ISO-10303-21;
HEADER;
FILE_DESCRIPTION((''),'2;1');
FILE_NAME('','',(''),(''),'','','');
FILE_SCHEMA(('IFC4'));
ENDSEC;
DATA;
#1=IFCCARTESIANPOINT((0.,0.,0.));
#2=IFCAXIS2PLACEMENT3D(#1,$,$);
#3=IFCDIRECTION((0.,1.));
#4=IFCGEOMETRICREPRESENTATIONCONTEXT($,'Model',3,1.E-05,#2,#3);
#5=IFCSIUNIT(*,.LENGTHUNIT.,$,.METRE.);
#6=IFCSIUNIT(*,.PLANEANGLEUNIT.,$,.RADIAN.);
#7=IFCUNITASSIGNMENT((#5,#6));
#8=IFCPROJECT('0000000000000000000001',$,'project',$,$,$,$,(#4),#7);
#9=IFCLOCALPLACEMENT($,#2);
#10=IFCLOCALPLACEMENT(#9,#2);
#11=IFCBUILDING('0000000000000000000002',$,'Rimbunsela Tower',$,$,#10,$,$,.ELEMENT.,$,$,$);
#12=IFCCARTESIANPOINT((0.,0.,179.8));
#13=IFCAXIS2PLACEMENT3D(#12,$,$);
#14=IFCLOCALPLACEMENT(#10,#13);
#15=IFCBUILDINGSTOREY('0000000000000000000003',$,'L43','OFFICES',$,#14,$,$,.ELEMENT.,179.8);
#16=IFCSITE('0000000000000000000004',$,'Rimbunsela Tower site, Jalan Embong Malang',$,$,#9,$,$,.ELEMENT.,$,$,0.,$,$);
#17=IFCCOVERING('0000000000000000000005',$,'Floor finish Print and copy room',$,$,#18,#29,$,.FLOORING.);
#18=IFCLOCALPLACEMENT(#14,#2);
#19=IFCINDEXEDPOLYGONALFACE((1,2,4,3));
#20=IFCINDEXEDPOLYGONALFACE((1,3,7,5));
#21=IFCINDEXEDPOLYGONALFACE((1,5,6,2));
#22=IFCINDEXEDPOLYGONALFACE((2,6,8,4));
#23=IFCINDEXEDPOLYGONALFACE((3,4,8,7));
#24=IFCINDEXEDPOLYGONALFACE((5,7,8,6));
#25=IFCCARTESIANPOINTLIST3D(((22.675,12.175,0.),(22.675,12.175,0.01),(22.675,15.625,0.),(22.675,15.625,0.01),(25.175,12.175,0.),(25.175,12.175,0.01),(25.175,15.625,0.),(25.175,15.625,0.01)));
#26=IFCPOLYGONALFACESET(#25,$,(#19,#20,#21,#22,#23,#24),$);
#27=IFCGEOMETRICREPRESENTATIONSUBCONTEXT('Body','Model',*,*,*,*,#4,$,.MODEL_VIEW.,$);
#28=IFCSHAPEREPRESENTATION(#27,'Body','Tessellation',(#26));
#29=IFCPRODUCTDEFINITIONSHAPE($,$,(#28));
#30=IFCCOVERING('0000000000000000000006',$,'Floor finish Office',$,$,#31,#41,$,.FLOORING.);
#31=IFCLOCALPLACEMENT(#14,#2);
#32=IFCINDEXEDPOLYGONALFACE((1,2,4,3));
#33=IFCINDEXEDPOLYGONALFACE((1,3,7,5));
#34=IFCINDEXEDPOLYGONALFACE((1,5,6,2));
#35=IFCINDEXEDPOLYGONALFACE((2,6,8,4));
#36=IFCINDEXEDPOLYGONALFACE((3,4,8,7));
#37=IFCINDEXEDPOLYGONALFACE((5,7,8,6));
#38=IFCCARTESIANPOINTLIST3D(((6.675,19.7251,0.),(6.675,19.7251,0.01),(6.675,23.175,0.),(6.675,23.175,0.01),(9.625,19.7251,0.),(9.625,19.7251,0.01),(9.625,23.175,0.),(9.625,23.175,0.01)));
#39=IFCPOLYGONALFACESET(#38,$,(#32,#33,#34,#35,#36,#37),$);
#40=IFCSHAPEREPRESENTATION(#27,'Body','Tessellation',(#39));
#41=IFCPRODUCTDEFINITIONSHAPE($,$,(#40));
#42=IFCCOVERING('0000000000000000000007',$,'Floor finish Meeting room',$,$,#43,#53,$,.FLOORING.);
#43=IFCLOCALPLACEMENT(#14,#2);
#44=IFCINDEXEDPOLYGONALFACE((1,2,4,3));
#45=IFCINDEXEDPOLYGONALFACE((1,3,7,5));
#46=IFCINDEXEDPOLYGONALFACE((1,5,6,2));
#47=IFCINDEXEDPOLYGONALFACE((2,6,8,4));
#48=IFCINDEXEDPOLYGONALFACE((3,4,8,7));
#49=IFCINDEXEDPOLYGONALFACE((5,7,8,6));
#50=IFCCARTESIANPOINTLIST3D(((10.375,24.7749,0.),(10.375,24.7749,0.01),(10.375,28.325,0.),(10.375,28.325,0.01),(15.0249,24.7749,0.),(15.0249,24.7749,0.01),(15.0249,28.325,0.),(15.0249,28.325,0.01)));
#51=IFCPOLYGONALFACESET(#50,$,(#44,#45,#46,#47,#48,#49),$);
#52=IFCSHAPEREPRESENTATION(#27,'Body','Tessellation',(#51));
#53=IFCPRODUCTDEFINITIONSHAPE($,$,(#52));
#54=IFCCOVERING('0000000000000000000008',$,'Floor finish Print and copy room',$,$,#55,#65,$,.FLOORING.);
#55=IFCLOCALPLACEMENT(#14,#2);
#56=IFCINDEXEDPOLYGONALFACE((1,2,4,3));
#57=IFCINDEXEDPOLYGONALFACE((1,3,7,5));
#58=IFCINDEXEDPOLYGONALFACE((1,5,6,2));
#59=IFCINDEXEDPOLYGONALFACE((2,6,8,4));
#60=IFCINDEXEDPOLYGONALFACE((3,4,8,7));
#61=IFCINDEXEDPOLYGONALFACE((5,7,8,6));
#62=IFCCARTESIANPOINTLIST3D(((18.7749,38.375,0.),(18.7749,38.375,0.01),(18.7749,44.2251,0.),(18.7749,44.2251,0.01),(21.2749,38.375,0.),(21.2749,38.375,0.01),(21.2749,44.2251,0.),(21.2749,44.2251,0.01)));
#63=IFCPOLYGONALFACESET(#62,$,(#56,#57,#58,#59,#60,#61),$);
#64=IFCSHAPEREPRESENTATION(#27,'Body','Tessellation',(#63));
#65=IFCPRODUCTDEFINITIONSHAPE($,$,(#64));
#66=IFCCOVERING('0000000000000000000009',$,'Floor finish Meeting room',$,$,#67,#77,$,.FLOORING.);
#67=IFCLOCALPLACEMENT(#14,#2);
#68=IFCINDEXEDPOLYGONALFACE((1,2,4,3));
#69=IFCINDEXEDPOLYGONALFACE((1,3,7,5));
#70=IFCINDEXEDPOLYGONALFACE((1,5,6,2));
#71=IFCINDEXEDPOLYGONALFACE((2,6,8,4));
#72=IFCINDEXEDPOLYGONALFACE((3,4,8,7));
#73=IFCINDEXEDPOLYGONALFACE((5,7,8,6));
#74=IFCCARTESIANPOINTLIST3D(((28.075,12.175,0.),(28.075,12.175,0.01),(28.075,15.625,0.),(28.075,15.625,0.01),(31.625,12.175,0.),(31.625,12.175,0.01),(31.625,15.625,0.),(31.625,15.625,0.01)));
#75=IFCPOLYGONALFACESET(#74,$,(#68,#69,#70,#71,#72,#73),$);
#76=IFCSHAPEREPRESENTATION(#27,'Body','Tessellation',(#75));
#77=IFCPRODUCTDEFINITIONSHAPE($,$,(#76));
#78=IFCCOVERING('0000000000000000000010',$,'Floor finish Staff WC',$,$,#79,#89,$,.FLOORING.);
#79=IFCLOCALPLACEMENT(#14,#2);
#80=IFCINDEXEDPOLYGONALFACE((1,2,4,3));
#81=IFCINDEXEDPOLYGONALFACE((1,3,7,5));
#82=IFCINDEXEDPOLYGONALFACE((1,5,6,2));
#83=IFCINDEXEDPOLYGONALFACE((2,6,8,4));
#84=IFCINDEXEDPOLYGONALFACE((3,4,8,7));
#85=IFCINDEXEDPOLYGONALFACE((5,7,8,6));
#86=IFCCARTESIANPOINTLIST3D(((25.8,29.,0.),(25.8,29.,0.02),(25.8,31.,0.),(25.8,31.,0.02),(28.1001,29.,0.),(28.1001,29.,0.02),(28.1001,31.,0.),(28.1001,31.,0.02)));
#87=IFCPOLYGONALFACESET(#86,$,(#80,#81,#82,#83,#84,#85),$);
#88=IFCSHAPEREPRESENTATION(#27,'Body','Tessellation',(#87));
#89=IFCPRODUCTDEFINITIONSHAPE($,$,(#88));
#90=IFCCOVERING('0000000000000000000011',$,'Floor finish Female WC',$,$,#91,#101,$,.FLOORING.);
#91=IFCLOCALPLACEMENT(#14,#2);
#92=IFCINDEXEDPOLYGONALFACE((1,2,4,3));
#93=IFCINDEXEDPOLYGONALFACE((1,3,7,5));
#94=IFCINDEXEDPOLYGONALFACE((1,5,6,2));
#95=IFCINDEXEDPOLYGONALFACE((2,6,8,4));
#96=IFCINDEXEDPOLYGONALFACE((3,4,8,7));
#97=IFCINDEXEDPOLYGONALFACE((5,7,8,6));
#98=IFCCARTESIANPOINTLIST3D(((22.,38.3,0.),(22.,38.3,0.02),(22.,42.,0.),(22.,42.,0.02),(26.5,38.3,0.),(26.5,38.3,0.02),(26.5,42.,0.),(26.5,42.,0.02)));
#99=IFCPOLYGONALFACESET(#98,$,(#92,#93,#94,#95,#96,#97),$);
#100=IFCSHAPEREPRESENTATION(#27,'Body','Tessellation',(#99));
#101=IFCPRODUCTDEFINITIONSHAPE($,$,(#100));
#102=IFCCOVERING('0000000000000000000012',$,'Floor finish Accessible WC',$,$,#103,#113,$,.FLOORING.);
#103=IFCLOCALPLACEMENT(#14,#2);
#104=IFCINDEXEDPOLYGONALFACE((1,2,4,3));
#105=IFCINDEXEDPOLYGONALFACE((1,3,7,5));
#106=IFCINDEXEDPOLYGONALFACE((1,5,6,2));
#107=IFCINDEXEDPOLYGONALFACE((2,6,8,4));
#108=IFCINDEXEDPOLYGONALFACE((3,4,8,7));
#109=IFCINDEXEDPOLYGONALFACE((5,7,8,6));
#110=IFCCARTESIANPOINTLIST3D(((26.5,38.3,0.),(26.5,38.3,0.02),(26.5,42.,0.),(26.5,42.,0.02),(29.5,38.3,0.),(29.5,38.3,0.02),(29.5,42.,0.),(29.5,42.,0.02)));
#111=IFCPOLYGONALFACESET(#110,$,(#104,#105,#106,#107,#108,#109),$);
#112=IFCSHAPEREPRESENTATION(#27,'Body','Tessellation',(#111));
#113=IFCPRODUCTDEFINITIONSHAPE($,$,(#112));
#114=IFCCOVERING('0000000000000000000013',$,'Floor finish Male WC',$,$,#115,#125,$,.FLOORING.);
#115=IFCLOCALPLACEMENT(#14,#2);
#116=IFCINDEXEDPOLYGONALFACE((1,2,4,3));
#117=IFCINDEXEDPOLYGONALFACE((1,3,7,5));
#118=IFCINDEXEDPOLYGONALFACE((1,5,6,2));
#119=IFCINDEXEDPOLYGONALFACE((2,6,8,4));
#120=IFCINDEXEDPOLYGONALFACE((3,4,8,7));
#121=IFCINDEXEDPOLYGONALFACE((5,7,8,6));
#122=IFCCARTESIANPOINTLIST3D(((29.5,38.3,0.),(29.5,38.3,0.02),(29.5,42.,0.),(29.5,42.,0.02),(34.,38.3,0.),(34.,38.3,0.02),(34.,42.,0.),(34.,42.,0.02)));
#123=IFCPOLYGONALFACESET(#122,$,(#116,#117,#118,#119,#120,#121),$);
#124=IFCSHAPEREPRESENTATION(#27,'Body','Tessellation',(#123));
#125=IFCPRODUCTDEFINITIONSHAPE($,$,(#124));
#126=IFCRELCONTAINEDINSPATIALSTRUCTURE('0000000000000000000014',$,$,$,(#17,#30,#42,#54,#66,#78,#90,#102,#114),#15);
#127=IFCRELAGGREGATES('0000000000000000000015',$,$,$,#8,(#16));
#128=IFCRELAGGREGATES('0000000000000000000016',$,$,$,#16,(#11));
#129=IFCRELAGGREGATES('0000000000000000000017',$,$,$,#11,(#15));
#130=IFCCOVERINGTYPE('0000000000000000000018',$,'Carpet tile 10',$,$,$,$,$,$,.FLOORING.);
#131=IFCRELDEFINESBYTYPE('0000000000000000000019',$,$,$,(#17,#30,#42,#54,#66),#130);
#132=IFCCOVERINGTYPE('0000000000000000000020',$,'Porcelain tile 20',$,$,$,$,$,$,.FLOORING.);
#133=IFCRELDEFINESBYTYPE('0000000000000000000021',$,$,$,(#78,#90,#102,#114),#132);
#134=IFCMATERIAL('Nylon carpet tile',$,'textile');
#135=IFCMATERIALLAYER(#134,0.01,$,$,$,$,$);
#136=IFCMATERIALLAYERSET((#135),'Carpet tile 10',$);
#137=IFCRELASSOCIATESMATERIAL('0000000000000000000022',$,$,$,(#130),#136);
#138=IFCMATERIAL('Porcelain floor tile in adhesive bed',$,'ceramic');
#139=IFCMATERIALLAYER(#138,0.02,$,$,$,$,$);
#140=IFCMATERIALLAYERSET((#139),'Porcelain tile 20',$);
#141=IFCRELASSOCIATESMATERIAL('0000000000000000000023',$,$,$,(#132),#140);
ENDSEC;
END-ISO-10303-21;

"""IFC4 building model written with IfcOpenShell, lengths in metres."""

from ifc_helpers import new_model, si_unit, direction, frame, origin, place, context, subcontext, project, spatial, polyline, outline, extrude, material, layer, layer_set, type_object, element, save


model = new_model("IFC4")

# Units and contexts
model_context = context("Model", 3, precision=1e-05, world=origin(), true_north=direction((0.0, 1.0)))
body_context = subcontext(model_context, "Body", "Model", "MODEL_VIEW")
ifc_project = project(units=[si_unit("LENGTHUNIT", "METRE"), si_unit("PLANEANGLEUNIT", "RADIAN")], contexts=[model_context])

# Site, building, storey
site_placement = place(None, origin())
site = spatial("IfcSite", under=ifc_project, at=site_placement, Name="Rimbunsela Tower site, Jalan Embong Malang", CompositionType="ELEMENT", RefElevation=0.0)
building_placement = place(site_placement, origin())
building = spatial("IfcBuilding", under=site, at=building_placement, Name="Rimbunsela Tower", CompositionType="ELEMENT")
storey_placement = place(building_placement, frame((0.0, 0.0, 179.8)))
storey = spatial("IfcBuildingStorey", under=building, at=storey_placement, Name="L43", Description="OFFICES", CompositionType="ELEMENT", Elevation=179.8)

# Coverings
ifc_material_1 = material(Name="Nylon carpet tile", Category="textile")
ifc_layer_1 = layer(ifc_material_1, 0.01)
ifc_layer_set_1 = layer_set([ifc_layer_1], Name="Carpet tile 10")
covering_type_1 = type_object("IfcCoveringType", Name="Carpet tile 10", PredefinedType="FLOORING", material=ifc_layer_set_1)
covering_1_placement = place(storey_placement, origin())
element("IfcCovering", 1, at=covering_1_placement, inside=storey, type_object=covering_type_1, Name="Floor finish Print and copy room", PredefinedType="FLOORING", context=body_context, shape_type="SweptSolid", body=[
    extrude(outline(polyline([(25.175, 12.175), (25.175, 15.625), (22.675, 15.625), (22.675, 12.175), (25.175, 12.175)])), origin(), (0.0, 0.0, 1.0), 0.01),
])
covering_2_placement = place(storey_placement, origin())
element("IfcCovering", 2, at=covering_2_placement, inside=storey, type_object=covering_type_1, Name="Floor finish Office", PredefinedType="FLOORING", context=body_context, shape_type="SweptSolid", body=[
    extrude(outline(polyline([(9.625, 19.7251), (9.625, 23.175), (6.675, 23.175), (6.675, 19.7251), (9.625, 19.7251)])), origin(), (0.0, 0.0, 1.0), 0.01),
])
covering_3_placement = place(storey_placement, origin())
element("IfcCovering", 3, at=covering_3_placement, inside=storey, type_object=covering_type_1, Name="Floor finish Meeting room", PredefinedType="FLOORING", context=body_context, shape_type="SweptSolid", body=[
    extrude(outline(polyline([(15.0249, 24.7749), (15.0249, 28.325), (10.375, 28.325), (10.375, 24.7749), (15.0249, 24.7749)])), origin(), (0.0, 0.0, 1.0), 0.01),
])
covering_4_placement = place(storey_placement, origin())
element("IfcCovering", 4, at=covering_4_placement, inside=storey, type_object=covering_type_1, Name="Floor finish Print and copy room", PredefinedType="FLOORING", context=body_context, shape_type="SweptSolid", body=[
    extrude(outline(polyline([(21.2749, 38.375), (21.2749, 44.2251), (18.7749, 44.2251), (18.7749, 38.375), (21.2749, 38.375)])), origin(), (0.0, 0.0, 1.0), 0.01),
])
covering_5_placement = place(storey_placement, origin())
element("IfcCovering", 5, at=covering_5_placement, inside=storey, type_object=covering_type_1, Name="Floor finish Meeting room", PredefinedType="FLOORING", context=body_context, shape_type="SweptSolid", body=[
    extrude(outline(polyline([(31.625, 12.175), (31.625, 15.625), (28.075, 15.625), (28.075, 12.175), (31.625, 12.175)])), origin(), (0.0, 0.0, 1.0), 0.01),
])
ifc_material_2 = material(Name="Porcelain floor tile in adhesive bed", Category="ceramic")
ifc_layer_2 = layer(ifc_material_2, 0.02)
ifc_layer_set_2 = layer_set([ifc_layer_2], Name="Porcelain tile 20")
covering_type_2 = type_object("IfcCoveringType", Name="Porcelain tile 20", PredefinedType="FLOORING", material=ifc_layer_set_2)
covering_6_placement = place(storey_placement, origin())
element("IfcCovering", 6, at=covering_6_placement, inside=storey, type_object=covering_type_2, Name="Floor finish Staff WC", PredefinedType="FLOORING", context=body_context, shape_type="SweptSolid", body=[
    extrude(outline(polyline([(28.1001, 29.0), (28.1001, 31.0), (25.8, 31.0), (25.8, 29.0), (28.1001, 29.0)])), origin(), (0.0, 0.0, 1.0), 0.02),
])
covering_7_placement = place(storey_placement, origin())
element("IfcCovering", 7, at=covering_7_placement, inside=storey, type_object=covering_type_2, Name="Floor finish Female WC", PredefinedType="FLOORING", context=body_context, shape_type="SweptSolid", body=[
    extrude(outline(polyline([(26.5, 38.3), (26.5, 42.0), (22.0, 42.0), (22.0, 38.3), (26.5, 38.3)])), origin(), (0.0, 0.0, 1.0), 0.02),
])
covering_8_placement = place(storey_placement, origin())
element("IfcCovering", 8, at=covering_8_placement, inside=storey, type_object=covering_type_2, Name="Floor finish Accessible WC", PredefinedType="FLOORING", context=body_context, shape_type="SweptSolid", body=[
    extrude(outline(polyline([(29.5, 38.3), (29.5, 42.0), (26.5, 42.0), (26.5, 38.3), (29.5, 38.3)])), origin(), (0.0, 0.0, 1.0), 0.02),
])
covering_9_placement = place(storey_placement, origin())
element("IfcCovering", 9, at=covering_9_placement, inside=storey, type_object=covering_type_2, Name="Floor finish Male WC", PredefinedType="FLOORING", context=body_context, shape_type="SweptSolid", body=[
    extrude(outline(polyline([(34.0, 38.3), (34.0, 42.0), (29.5, 42.0), (29.5, 38.3), (34.0, 38.3)])), origin(), (0.0, 0.0, 1.0), 0.02),
])

save(model, "model.ifc")
